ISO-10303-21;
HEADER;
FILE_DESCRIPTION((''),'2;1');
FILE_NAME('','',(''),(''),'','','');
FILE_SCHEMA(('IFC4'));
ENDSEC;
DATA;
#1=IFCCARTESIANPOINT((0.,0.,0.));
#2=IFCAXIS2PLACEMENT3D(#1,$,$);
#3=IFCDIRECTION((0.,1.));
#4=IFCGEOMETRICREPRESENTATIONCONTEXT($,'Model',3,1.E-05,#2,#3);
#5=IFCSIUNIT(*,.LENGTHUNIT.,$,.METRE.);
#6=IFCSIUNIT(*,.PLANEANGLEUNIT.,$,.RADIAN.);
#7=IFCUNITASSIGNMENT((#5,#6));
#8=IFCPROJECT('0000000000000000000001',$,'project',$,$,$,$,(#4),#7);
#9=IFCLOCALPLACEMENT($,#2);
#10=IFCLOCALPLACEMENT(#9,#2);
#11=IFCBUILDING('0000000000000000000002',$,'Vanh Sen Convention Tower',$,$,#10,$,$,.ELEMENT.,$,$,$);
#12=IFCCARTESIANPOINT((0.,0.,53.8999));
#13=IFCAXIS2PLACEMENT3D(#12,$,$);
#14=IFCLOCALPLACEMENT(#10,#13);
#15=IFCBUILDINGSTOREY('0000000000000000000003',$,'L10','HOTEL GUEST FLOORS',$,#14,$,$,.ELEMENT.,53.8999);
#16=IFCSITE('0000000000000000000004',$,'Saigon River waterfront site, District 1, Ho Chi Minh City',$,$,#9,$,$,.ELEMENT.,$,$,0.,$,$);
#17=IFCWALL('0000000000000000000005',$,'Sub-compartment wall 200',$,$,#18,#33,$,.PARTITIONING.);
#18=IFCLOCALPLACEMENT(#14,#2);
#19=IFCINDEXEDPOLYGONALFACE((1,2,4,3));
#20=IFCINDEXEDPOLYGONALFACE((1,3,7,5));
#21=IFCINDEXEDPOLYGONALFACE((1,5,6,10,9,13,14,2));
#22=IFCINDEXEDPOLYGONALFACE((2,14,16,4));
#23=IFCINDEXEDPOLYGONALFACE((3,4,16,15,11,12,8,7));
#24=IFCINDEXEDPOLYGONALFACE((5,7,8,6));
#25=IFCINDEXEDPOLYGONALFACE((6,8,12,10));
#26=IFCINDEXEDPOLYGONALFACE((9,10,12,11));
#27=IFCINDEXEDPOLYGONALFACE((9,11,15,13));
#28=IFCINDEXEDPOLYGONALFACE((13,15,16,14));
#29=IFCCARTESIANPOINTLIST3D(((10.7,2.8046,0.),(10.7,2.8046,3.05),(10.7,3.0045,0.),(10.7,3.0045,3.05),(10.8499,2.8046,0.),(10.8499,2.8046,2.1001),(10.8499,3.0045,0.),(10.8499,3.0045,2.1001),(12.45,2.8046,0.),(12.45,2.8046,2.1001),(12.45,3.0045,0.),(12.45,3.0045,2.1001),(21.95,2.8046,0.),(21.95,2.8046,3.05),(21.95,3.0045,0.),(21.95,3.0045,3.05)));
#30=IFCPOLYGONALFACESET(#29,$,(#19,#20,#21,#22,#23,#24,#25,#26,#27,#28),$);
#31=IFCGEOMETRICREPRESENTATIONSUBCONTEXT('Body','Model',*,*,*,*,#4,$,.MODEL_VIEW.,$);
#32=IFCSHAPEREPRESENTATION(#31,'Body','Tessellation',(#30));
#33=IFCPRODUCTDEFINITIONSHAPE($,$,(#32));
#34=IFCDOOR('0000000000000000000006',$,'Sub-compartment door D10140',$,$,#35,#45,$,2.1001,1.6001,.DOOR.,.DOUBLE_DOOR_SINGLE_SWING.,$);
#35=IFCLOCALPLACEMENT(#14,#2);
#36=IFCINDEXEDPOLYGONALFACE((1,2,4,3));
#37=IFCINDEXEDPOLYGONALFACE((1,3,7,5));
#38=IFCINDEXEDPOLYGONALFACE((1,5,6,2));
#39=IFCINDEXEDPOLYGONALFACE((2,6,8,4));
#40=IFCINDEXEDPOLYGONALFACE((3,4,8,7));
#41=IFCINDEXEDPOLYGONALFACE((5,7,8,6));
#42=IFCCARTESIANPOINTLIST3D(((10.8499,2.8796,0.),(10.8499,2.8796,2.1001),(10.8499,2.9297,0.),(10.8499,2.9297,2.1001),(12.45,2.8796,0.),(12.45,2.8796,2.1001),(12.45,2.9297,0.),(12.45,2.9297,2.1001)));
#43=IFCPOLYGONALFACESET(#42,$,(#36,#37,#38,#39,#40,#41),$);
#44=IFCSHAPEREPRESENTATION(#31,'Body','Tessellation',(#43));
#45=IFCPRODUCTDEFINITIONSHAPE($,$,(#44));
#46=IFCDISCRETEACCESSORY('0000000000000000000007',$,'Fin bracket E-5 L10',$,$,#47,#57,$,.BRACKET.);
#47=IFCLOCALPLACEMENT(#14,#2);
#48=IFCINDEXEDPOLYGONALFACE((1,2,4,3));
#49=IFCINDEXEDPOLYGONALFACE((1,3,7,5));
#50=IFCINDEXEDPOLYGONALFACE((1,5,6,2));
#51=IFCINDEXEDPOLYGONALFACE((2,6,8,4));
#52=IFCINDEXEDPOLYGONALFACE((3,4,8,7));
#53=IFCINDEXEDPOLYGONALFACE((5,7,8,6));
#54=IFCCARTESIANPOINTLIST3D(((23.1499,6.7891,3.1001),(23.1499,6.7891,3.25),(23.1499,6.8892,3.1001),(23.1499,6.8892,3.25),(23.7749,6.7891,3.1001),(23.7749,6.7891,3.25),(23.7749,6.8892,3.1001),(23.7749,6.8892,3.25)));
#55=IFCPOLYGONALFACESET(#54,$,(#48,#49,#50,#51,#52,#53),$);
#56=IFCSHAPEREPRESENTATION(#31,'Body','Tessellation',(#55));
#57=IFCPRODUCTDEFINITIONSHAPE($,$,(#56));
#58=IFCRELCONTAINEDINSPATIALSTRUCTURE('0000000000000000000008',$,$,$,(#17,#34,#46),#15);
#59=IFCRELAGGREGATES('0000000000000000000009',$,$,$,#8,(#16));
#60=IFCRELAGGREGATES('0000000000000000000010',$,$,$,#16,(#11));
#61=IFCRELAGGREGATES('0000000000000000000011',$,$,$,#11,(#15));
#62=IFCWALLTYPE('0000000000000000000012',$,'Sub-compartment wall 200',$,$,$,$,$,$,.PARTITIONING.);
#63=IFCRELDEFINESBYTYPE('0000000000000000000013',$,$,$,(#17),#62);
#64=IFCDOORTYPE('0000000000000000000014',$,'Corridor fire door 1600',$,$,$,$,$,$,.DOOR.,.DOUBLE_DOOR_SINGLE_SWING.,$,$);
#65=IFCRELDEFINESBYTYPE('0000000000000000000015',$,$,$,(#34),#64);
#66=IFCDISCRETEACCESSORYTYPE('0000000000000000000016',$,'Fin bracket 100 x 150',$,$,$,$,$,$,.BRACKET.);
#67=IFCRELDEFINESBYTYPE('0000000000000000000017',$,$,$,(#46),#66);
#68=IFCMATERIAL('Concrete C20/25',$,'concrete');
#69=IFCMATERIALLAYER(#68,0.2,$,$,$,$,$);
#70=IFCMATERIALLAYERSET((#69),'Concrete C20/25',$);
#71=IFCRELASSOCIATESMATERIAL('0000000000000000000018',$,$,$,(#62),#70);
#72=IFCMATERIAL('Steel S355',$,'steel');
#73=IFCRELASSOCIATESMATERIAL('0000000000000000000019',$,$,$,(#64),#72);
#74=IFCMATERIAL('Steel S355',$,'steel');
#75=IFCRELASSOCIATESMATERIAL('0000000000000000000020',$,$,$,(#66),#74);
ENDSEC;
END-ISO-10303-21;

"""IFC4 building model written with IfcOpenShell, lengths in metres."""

from ifc_helpers import new_model, si_unit, direction, frame, frame_2d, origin, origin_2d, place, context, subcontext, project, spatial, rectangle, extrude, material, layer, layer_set, type_object, element, fill, save


model = new_model("IFC4")

# Units and contexts
model_context = context("Model", 3, precision=1e-05, world=origin(), true_north=direction((0.0, 1.0)))
body_context = subcontext(model_context, "Body", "Model", "MODEL_VIEW")
ifc_project = project(units=[si_unit("LENGTHUNIT", "METRE"), si_unit("PLANEANGLEUNIT", "RADIAN")], contexts=[model_context])

# Site, building, storey
site_placement = place(None, origin())
site = spatial("IfcSite", under=ifc_project, at=site_placement, Name="Saigon River waterfront site, District 1, Ho Chi Minh City", CompositionType="ELEMENT", RefElevation=0.0)
building_placement = place(site_placement, origin())
building = spatial("IfcBuilding", under=site, at=building_placement, Name="Vanh Sen Convention Tower", CompositionType="ELEMENT")
storey_placement = place(building_placement, frame((0.0, 0.0, 53.8999)))
storey = spatial("IfcBuildingStorey", under=building, at=storey_placement, Name="L10", Description="HOTEL GUEST FLOORS", CompositionType="ELEMENT", Elevation=53.8999)

# Wall, opening, door
ifc_material_1 = material(Name="Concrete C20/25", Category="concrete")
ifc_layer_1 = layer(ifc_material_1, 0.2)
ifc_layer_set_1 = layer_set([ifc_layer_1], Name="Concrete C20/25")
wall_type_1 = type_object("IfcWallType", Name="Sub-compartment wall 200", PredefinedType="PARTITIONING", material=ifc_layer_set_1)
wall_1_placement = place(storey_placement, frame((21.95, 2.9045, 0.0), z_axis=(0.0, 0.0, 1.0), x_axis=(-1.0, 0.0, 0.0)))
wall_1 = element("IfcWall", 1, at=wall_1_placement, inside=storey, type_object=wall_type_1, Name="Sub-compartment wall 200", PredefinedType="PARTITIONING", context=body_context, shape_type="SweptSolid", body=[
    extrude(rectangle(XDim=11.25, YDim=0.2, at=frame_2d((5.625, 0.0))), origin(), (0.0, 0.0, 1.0), 3.05),
])
opening_1_placement = place(wall_1_placement, frame((9.5, 0.0, 0.0)))
opening_1 = element("IfcOpeningElement", 2, at=opening_1_placement, cuts=wall_1, PredefinedType="OPENING", context=body_context, shape_type="SweptSolid", body=[
    extrude(rectangle(XDim=1.6001, YDim=2.1001, at=frame_2d((0.8, 1.05))), frame((0.0, 0.1099, 0.0), z_axis=(0.0, -1.0, 0.0), x_axis=(1.0, 0.0, 0.0)), (0.0, 0.0, 1.0), 0.22),
])
ifc_material_2 = material(Name="Steel S355", Category="steel")
door_type_1 = type_object("IfcDoorType", Name="Corridor fire door 1600", OperationType="DOUBLE_DOOR_SINGLE_SWING", PredefinedType="DOOR", material=ifc_material_2)
door_1_placement = place(opening_1_placement, origin())
door_1 = element("IfcDoor", 3, at=door_1_placement, inside=storey, type_object=door_type_1, Name="Sub-compartment door D10140", OperationType="DOUBLE_DOOR_SINGLE_SWING", OverallHeight=2.1001, OverallWidth=1.6001, PredefinedType="DOOR", context=body_context, shape_type="SweptSolid", body=[
    extrude(rectangle(XDim=1.6001, YDim=2.1001, at=frame_2d((0.8, 1.05))), frame((0.0, 0.0249, 0.0), z_axis=(0.0, -1.0, 0.0), x_axis=(1.0, 0.0, 0.0)), (0.0, 0.0, 1.0), 0.05),
])
fill(opening_1, door_1)

# Discrete accessory
ifc_material_3 = material(Name="Steel S355", Category="steel")
discrete_accessory_type = type_object("IfcDiscreteAccessoryType", Name="Fin bracket 100 x 150", PredefinedType="BRACKET", material=ifc_material_3)
discrete_accessory_placement = place(storey_placement, frame((23.4624, 6.8391, 3.1001), z_axis=(0.0, 0.0, 1.0), x_axis=(1.0, 0.0, 0.0)))
element("IfcDiscreteAccessory", 4, at=discrete_accessory_placement, inside=storey, type_object=discrete_accessory_type, Name="Fin bracket E-5 L10", PredefinedType="BRACKET", context=body_context, shape_type="SweptSolid", body=[
    extrude(rectangle(XDim=0.625, YDim=0.1001, at=origin_2d()), origin(), (0.0, 0.0, 1.0), 0.1499),
])

save(model, "model.ifc")
